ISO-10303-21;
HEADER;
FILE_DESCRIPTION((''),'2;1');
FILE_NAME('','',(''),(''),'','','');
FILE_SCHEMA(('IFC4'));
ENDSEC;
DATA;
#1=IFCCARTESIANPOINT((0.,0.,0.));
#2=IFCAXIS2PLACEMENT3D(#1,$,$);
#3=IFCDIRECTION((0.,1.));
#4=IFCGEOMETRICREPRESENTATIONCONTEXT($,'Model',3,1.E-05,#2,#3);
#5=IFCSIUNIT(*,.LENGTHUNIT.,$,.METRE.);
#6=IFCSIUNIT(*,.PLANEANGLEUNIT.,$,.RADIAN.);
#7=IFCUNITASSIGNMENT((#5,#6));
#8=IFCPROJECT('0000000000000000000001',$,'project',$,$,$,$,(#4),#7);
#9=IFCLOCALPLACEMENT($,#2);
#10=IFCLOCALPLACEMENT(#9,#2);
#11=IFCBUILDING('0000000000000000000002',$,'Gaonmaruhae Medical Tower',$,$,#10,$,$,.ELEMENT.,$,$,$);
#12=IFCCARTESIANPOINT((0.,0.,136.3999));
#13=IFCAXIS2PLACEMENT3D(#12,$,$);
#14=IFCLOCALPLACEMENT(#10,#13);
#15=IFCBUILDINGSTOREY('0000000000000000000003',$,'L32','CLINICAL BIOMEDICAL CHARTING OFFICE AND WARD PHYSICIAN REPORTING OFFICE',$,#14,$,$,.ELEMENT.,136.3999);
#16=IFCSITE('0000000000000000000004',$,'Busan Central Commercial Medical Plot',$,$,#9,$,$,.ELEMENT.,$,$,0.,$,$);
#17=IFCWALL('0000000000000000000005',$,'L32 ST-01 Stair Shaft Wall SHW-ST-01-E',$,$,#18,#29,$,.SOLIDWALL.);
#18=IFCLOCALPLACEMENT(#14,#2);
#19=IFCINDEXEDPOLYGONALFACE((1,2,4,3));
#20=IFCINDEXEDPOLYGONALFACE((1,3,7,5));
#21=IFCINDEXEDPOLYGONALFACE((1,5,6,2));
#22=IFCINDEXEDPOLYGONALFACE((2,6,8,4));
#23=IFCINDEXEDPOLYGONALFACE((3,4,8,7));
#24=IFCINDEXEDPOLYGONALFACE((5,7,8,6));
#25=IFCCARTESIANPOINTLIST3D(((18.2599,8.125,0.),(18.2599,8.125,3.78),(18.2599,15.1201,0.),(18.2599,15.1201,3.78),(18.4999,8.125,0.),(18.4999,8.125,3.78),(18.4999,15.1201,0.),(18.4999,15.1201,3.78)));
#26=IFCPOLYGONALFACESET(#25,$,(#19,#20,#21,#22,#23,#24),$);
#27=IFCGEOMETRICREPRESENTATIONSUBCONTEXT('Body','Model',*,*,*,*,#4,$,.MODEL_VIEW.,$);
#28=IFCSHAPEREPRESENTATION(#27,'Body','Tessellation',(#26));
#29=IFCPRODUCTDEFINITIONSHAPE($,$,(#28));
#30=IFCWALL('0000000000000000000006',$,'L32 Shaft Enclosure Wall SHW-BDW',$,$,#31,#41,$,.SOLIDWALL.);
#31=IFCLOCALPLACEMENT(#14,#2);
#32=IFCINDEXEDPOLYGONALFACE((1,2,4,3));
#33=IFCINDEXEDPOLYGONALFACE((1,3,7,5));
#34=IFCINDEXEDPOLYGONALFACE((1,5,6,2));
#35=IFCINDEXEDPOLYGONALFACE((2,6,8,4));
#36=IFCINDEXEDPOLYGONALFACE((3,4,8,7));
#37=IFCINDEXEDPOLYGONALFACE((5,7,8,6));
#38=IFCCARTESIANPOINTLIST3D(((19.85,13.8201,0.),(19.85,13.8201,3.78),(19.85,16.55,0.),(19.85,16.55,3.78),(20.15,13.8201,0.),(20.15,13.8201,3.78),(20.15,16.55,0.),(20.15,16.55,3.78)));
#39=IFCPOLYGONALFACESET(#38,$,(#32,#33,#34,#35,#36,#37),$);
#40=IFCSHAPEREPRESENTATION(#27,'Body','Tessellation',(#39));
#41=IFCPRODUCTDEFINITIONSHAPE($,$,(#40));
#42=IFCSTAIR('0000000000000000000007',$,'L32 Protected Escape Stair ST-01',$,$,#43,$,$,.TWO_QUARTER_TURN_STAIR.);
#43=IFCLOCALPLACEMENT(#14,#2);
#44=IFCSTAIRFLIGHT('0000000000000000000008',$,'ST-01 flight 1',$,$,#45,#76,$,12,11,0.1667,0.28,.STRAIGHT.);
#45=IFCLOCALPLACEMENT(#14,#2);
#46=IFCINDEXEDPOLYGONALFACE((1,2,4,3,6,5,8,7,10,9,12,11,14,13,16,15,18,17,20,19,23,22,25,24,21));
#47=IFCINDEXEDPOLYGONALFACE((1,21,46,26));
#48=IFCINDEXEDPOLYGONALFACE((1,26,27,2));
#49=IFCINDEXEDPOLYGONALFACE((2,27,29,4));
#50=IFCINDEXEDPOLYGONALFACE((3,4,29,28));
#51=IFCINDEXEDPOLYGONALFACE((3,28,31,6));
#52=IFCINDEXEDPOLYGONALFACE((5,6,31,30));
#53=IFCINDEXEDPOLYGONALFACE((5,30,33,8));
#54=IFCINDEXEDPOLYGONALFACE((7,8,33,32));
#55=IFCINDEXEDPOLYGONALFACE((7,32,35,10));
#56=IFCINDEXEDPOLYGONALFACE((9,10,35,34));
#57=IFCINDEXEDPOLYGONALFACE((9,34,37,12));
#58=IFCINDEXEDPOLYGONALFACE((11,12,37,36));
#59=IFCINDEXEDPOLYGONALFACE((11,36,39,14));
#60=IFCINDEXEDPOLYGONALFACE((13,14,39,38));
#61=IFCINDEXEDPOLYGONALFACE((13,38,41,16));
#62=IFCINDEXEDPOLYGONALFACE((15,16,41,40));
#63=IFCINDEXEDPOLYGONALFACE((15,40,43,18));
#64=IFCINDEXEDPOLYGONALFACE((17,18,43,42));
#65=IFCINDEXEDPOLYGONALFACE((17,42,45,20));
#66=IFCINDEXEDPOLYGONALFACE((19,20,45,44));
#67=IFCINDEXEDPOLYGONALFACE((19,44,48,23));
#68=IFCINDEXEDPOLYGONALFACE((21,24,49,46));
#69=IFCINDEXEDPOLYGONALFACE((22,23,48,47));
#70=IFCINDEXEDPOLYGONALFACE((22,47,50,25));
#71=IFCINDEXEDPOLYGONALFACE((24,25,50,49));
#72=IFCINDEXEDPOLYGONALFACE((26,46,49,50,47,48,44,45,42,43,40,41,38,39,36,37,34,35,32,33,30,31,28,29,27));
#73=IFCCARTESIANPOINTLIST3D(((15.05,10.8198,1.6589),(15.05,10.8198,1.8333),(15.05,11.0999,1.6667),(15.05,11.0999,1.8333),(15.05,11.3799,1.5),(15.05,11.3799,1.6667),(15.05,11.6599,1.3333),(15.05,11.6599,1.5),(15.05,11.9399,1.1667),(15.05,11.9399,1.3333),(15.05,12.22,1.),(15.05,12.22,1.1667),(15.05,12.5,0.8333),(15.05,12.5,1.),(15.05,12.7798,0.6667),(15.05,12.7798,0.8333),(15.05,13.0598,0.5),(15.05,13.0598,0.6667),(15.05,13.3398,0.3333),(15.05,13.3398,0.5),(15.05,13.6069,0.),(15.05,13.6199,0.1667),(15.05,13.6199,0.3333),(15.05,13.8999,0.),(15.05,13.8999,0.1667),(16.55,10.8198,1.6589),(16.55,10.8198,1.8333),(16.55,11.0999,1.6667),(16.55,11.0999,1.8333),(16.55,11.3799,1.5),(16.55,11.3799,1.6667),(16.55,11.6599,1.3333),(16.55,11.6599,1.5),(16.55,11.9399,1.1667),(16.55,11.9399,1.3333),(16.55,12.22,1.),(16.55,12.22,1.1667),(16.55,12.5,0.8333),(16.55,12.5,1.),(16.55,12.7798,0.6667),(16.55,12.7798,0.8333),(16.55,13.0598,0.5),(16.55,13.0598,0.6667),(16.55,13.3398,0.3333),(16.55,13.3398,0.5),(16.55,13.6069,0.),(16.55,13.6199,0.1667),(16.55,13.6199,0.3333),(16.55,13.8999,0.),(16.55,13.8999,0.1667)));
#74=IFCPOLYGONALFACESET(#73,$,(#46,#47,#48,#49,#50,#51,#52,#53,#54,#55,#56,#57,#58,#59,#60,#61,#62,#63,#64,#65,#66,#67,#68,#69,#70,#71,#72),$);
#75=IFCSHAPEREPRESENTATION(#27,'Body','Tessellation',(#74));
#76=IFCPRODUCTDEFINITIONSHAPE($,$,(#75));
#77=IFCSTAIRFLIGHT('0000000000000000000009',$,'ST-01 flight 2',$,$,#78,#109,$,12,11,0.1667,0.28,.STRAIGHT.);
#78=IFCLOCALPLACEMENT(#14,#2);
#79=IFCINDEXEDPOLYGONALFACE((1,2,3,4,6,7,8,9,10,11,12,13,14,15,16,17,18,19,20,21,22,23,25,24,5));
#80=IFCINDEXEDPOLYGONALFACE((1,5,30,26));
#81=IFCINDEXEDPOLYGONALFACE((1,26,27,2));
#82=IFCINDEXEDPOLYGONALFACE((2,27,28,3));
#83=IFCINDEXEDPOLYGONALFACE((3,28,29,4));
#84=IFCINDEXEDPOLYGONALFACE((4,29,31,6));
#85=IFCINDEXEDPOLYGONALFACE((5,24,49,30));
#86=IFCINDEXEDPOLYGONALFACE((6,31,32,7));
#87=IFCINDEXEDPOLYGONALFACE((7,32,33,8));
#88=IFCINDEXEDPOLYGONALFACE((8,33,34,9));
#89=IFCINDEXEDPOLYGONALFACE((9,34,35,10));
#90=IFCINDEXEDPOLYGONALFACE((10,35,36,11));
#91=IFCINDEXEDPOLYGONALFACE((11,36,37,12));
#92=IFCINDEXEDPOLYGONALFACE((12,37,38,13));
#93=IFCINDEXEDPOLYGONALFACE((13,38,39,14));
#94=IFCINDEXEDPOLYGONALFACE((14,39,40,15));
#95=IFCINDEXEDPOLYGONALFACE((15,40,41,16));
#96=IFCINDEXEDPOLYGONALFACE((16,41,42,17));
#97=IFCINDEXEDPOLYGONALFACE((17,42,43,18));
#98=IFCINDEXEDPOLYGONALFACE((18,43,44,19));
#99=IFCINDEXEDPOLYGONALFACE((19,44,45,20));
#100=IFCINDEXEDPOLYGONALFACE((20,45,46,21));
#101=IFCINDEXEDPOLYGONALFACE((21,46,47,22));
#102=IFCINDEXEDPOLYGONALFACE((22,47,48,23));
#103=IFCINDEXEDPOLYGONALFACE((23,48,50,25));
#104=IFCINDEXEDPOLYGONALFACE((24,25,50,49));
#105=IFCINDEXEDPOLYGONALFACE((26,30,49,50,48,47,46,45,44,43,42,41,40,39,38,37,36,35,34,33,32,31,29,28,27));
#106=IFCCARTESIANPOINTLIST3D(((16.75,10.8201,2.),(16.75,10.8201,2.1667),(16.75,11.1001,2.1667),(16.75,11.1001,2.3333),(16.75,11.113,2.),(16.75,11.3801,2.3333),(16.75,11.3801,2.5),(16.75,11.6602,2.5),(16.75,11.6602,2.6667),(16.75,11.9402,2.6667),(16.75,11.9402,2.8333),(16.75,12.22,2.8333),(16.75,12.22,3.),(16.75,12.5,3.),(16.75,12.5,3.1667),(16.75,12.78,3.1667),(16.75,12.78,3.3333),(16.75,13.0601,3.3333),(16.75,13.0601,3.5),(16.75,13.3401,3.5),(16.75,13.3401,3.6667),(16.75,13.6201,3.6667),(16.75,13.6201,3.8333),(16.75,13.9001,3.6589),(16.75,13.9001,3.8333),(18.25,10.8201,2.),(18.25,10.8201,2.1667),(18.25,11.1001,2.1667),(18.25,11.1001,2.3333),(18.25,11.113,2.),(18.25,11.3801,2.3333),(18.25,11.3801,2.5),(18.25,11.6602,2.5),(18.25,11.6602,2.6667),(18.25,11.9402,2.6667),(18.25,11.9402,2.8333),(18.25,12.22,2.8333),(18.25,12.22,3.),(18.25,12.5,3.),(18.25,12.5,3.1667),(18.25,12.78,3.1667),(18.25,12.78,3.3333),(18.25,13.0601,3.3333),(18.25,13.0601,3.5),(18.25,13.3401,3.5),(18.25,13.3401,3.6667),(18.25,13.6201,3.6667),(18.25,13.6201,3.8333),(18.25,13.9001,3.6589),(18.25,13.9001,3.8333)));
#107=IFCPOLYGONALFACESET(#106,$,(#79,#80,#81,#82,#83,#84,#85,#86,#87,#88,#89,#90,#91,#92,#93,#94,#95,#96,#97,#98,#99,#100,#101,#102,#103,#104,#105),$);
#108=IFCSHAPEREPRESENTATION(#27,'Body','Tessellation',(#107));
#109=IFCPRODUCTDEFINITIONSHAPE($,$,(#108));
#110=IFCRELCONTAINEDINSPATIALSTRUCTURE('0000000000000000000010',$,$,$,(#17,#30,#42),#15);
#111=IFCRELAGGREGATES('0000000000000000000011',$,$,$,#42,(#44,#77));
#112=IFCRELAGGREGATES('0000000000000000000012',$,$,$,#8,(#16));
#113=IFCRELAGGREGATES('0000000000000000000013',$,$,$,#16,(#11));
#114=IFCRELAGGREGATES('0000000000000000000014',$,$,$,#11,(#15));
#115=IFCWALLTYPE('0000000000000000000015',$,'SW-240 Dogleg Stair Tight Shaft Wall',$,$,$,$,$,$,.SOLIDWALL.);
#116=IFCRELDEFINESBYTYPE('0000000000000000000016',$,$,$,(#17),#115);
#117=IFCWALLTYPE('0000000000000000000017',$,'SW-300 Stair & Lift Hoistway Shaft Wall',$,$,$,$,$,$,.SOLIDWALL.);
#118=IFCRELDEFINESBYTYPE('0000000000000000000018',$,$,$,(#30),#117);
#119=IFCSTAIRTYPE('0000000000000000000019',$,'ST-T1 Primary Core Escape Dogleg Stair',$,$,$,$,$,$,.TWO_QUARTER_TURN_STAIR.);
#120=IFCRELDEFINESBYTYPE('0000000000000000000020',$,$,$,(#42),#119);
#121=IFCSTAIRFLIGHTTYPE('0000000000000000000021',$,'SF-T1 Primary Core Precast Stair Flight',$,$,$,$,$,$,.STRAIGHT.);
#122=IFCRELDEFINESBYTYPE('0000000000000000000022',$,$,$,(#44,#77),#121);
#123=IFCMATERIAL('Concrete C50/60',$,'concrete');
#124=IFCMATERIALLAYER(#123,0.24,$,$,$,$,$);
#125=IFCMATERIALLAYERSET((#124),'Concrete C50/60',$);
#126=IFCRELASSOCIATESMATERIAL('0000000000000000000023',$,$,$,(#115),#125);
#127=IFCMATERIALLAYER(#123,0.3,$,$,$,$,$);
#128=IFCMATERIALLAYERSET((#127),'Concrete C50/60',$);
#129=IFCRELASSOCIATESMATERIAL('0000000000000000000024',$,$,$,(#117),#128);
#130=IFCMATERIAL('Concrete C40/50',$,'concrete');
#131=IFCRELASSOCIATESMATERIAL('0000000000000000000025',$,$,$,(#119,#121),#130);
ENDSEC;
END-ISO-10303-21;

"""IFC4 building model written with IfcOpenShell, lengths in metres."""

from ifc_helpers import new_model, si_unit, direction, frame, frame_2d, origin, place, context, subcontext, project, spatial, polyline, rectangle, outline, extrude, material, layer, layer_set, type_object, element, aggregate, save


model = new_model("IFC4")

# Units and contexts
model_context = context("Model", 3, precision=1e-05, world=origin(), true_north=direction((0.0, 1.0)))
body_context = subcontext(model_context, "Body", "Model", "MODEL_VIEW")
ifc_project = project(units=[si_unit("LENGTHUNIT", "METRE"), si_unit("PLANEANGLEUNIT", "RADIAN")], contexts=[model_context])

# Site, building, storey
site_placement = place(None, origin())
site = spatial("IfcSite", under=ifc_project, at=site_placement, Name="Busan Central Commercial Medical Plot", CompositionType="ELEMENT", RefElevation=0.0)
building_placement = place(site_placement, origin())
building = spatial("IfcBuilding", under=site, at=building_placement, Name="Gaonmaruhae Medical Tower", CompositionType="ELEMENT")
storey_placement = place(building_placement, frame((0.0, 0.0, 136.3999)))
storey = spatial("IfcBuildingStorey", under=building, at=storey_placement, Name="L32", Description="CLINICAL BIOMEDICAL CHARTING OFFICE AND WARD PHYSICIAN REPORTING OFFICE", CompositionType="ELEMENT", Elevation=136.3999)

# Shared definitions
ifc_material_1 = material(Name="Concrete C50/60", Category="concrete")
ifc_layer_1 = layer(ifc_material_1, 0.24)
ifc_layer_set_1 = layer_set([ifc_layer_1], Name="Concrete C50/60")
wall_type_1 = type_object("IfcWallType", Name="SW-240 Dogleg Stair Tight Shaft Wall", PredefinedType="SOLIDWALL", material=ifc_layer_set_1)

# Wall
wall_1_placement = place(storey_placement, frame((18.3799, 15.1201, 0.0), z_axis=(0.0, 0.0, 1.0), x_axis=(0.0, -1.0, 0.0)))
element("IfcWall", 1, at=wall_1_placement, inside=storey, type_object=wall_type_1, Name="L32 ST-01 Stair Shaft Wall SHW-ST-01-E", PredefinedType="SOLIDWALL", context=body_context, shape_type="SweptSolid", body=[
    extrude(rectangle(XDim=6.9951, YDim=0.24, at=frame_2d((3.4976, 0.0))), origin(), (0.0, 0.0, 1.0), 3.78),
])

# Shared definitions
ifc_layer_2 = layer(ifc_material_1, 0.3)
ifc_layer_set_2 = layer_set([ifc_layer_2], Name="Concrete C50/60")
wall_type_2 = type_object("IfcWallType", Name="SW-300 Stair & Lift Hoistway Shaft Wall", PredefinedType="SOLIDWALL", material=ifc_layer_set_2)

# Wall
wall_2_placement = place(storey_placement, frame((20.0, 13.8201, 0.0), z_axis=(0.0, 0.0, 1.0), x_axis=(0.0, 1.0, 0.0)))
element("IfcWall", 2, at=wall_2_placement, inside=storey, type_object=wall_type_2, Name="L32 Shaft Enclosure Wall SHW-BDW", PredefinedType="SOLIDWALL", context=body_context, shape_type="SweptSolid", body=[
    extrude(rectangle(XDim=2.73, YDim=0.3, at=frame_2d((1.365, 0.0))), origin(), (0.0, 0.0, 1.0), 3.78),
])

# Stair, stair flights
ifc_material_2 = material(Name="Concrete C40/50", Category="concrete")
stair_type = type_object("IfcStairType", Name="ST-T1 Primary Core Escape Dogleg Stair", PredefinedType="TWO_QUARTER_TURN_STAIR", material=ifc_material_2)
stair_placement = place(storey_placement, origin())
stair = element("IfcStair", 3, at=stair_placement, inside=storey, type_object=stair_type, Name="L32 Protected Escape Stair ST-01", PredefinedType="TWO_QUARTER_TURN_STAIR")
stair_flight_type = type_object("IfcStairFlightType", Name="SF-T1 Primary Core Precast Stair Flight", PredefinedType="STRAIGHT", material=ifc_material_2)
stair_flight_1_placement = place(storey_placement, frame((15.8, 13.8999, 0.0), z_axis=(0.0, 0.0, 1.0), x_axis=(0.0, -1.0, 0.0)))
stair_flight_1 = element("IfcStairFlight", 4, at=stair_flight_1_placement, type_object=stair_flight_type, Name="ST-01 flight 1", NumberOfRisers=12, NumberOfTreads=11, PredefinedType="STRAIGHT", RiserHeight=0.1667, TreadLength=0.28, context=body_context, shape_type="SweptSolid", body=[
    extrude(outline(polyline([(0.0, 0.0), (0.0, 0.1667), (0.28, 0.1667), (0.28, 0.3333), (0.5601, 0.3333), (0.5601, 0.5), (0.8401, 0.5), (0.8401, 0.6667), (1.1201, 0.6667), (1.1201, 0.8333), (1.3999, 0.8333), (1.3999, 1.0), (1.6799, 1.0), (1.6799, 1.1667), (1.96, 1.1667), (1.96, 1.3333), (2.24, 1.3333), (2.24, 1.5), (2.52, 1.5), (2.52, 1.6667), (2.8, 1.6667), (2.8, 1.8333), (3.0801, 1.8333), (3.0801, 2.0), (3.0801, 1.6589), (0.293, 0.0), (0.0, 0.0)])), frame((0.0, 0.75, 0.0), z_axis=(0.0, -1.0, 0.0), x_axis=(1.0, 0.0, 0.0)), (0.0, 0.0, 1.0), 1.5),
])
stair_flight_2_placement = place(storey_placement, frame((17.5, 10.8201, 2.0), z_axis=(0.0, 0.0, 1.0), x_axis=(0.0, 1.0, 0.0)))
stair_flight_2 = element("IfcStairFlight", 5, at=stair_flight_2_placement, type_object=stair_flight_type, Name="ST-01 flight 2", NumberOfRisers=12, NumberOfTreads=11, PredefinedType="STRAIGHT", RiserHeight=0.1667, TreadLength=0.28, context=body_context, shape_type="SweptSolid", body=[
    extrude(outline(polyline([(0.0, 0.0), (0.0, 0.1667), (0.28, 0.1667), (0.28, 0.3333), (0.5601, 0.3333), (0.5601, 0.5), (0.8401, 0.5), (0.8401, 0.6667), (1.1201, 0.6667), (1.1201, 0.8333), (1.3999, 0.8333), (1.3999, 1.0), (1.6799, 1.0), (1.6799, 1.1667), (1.96, 1.1667), (1.96, 1.3333), (2.24, 1.3333), (2.24, 1.5), (2.52, 1.5), (2.52, 1.6667), (2.8, 1.6667), (2.8, 1.8333), (3.0801, 1.8333), (3.0801, 2.0), (3.0801, 1.6589), (0.293, 0.0), (0.0, 0.0)])), frame((0.0, 0.75, 0.0), z_axis=(0.0, -1.0, 0.0), x_axis=(1.0, 0.0, 0.0)), (0.0, 0.0, 1.0), 1.5),
])
aggregate(stair, [stair_flight_1, stair_flight_2])

save(model, "model.ifc")
